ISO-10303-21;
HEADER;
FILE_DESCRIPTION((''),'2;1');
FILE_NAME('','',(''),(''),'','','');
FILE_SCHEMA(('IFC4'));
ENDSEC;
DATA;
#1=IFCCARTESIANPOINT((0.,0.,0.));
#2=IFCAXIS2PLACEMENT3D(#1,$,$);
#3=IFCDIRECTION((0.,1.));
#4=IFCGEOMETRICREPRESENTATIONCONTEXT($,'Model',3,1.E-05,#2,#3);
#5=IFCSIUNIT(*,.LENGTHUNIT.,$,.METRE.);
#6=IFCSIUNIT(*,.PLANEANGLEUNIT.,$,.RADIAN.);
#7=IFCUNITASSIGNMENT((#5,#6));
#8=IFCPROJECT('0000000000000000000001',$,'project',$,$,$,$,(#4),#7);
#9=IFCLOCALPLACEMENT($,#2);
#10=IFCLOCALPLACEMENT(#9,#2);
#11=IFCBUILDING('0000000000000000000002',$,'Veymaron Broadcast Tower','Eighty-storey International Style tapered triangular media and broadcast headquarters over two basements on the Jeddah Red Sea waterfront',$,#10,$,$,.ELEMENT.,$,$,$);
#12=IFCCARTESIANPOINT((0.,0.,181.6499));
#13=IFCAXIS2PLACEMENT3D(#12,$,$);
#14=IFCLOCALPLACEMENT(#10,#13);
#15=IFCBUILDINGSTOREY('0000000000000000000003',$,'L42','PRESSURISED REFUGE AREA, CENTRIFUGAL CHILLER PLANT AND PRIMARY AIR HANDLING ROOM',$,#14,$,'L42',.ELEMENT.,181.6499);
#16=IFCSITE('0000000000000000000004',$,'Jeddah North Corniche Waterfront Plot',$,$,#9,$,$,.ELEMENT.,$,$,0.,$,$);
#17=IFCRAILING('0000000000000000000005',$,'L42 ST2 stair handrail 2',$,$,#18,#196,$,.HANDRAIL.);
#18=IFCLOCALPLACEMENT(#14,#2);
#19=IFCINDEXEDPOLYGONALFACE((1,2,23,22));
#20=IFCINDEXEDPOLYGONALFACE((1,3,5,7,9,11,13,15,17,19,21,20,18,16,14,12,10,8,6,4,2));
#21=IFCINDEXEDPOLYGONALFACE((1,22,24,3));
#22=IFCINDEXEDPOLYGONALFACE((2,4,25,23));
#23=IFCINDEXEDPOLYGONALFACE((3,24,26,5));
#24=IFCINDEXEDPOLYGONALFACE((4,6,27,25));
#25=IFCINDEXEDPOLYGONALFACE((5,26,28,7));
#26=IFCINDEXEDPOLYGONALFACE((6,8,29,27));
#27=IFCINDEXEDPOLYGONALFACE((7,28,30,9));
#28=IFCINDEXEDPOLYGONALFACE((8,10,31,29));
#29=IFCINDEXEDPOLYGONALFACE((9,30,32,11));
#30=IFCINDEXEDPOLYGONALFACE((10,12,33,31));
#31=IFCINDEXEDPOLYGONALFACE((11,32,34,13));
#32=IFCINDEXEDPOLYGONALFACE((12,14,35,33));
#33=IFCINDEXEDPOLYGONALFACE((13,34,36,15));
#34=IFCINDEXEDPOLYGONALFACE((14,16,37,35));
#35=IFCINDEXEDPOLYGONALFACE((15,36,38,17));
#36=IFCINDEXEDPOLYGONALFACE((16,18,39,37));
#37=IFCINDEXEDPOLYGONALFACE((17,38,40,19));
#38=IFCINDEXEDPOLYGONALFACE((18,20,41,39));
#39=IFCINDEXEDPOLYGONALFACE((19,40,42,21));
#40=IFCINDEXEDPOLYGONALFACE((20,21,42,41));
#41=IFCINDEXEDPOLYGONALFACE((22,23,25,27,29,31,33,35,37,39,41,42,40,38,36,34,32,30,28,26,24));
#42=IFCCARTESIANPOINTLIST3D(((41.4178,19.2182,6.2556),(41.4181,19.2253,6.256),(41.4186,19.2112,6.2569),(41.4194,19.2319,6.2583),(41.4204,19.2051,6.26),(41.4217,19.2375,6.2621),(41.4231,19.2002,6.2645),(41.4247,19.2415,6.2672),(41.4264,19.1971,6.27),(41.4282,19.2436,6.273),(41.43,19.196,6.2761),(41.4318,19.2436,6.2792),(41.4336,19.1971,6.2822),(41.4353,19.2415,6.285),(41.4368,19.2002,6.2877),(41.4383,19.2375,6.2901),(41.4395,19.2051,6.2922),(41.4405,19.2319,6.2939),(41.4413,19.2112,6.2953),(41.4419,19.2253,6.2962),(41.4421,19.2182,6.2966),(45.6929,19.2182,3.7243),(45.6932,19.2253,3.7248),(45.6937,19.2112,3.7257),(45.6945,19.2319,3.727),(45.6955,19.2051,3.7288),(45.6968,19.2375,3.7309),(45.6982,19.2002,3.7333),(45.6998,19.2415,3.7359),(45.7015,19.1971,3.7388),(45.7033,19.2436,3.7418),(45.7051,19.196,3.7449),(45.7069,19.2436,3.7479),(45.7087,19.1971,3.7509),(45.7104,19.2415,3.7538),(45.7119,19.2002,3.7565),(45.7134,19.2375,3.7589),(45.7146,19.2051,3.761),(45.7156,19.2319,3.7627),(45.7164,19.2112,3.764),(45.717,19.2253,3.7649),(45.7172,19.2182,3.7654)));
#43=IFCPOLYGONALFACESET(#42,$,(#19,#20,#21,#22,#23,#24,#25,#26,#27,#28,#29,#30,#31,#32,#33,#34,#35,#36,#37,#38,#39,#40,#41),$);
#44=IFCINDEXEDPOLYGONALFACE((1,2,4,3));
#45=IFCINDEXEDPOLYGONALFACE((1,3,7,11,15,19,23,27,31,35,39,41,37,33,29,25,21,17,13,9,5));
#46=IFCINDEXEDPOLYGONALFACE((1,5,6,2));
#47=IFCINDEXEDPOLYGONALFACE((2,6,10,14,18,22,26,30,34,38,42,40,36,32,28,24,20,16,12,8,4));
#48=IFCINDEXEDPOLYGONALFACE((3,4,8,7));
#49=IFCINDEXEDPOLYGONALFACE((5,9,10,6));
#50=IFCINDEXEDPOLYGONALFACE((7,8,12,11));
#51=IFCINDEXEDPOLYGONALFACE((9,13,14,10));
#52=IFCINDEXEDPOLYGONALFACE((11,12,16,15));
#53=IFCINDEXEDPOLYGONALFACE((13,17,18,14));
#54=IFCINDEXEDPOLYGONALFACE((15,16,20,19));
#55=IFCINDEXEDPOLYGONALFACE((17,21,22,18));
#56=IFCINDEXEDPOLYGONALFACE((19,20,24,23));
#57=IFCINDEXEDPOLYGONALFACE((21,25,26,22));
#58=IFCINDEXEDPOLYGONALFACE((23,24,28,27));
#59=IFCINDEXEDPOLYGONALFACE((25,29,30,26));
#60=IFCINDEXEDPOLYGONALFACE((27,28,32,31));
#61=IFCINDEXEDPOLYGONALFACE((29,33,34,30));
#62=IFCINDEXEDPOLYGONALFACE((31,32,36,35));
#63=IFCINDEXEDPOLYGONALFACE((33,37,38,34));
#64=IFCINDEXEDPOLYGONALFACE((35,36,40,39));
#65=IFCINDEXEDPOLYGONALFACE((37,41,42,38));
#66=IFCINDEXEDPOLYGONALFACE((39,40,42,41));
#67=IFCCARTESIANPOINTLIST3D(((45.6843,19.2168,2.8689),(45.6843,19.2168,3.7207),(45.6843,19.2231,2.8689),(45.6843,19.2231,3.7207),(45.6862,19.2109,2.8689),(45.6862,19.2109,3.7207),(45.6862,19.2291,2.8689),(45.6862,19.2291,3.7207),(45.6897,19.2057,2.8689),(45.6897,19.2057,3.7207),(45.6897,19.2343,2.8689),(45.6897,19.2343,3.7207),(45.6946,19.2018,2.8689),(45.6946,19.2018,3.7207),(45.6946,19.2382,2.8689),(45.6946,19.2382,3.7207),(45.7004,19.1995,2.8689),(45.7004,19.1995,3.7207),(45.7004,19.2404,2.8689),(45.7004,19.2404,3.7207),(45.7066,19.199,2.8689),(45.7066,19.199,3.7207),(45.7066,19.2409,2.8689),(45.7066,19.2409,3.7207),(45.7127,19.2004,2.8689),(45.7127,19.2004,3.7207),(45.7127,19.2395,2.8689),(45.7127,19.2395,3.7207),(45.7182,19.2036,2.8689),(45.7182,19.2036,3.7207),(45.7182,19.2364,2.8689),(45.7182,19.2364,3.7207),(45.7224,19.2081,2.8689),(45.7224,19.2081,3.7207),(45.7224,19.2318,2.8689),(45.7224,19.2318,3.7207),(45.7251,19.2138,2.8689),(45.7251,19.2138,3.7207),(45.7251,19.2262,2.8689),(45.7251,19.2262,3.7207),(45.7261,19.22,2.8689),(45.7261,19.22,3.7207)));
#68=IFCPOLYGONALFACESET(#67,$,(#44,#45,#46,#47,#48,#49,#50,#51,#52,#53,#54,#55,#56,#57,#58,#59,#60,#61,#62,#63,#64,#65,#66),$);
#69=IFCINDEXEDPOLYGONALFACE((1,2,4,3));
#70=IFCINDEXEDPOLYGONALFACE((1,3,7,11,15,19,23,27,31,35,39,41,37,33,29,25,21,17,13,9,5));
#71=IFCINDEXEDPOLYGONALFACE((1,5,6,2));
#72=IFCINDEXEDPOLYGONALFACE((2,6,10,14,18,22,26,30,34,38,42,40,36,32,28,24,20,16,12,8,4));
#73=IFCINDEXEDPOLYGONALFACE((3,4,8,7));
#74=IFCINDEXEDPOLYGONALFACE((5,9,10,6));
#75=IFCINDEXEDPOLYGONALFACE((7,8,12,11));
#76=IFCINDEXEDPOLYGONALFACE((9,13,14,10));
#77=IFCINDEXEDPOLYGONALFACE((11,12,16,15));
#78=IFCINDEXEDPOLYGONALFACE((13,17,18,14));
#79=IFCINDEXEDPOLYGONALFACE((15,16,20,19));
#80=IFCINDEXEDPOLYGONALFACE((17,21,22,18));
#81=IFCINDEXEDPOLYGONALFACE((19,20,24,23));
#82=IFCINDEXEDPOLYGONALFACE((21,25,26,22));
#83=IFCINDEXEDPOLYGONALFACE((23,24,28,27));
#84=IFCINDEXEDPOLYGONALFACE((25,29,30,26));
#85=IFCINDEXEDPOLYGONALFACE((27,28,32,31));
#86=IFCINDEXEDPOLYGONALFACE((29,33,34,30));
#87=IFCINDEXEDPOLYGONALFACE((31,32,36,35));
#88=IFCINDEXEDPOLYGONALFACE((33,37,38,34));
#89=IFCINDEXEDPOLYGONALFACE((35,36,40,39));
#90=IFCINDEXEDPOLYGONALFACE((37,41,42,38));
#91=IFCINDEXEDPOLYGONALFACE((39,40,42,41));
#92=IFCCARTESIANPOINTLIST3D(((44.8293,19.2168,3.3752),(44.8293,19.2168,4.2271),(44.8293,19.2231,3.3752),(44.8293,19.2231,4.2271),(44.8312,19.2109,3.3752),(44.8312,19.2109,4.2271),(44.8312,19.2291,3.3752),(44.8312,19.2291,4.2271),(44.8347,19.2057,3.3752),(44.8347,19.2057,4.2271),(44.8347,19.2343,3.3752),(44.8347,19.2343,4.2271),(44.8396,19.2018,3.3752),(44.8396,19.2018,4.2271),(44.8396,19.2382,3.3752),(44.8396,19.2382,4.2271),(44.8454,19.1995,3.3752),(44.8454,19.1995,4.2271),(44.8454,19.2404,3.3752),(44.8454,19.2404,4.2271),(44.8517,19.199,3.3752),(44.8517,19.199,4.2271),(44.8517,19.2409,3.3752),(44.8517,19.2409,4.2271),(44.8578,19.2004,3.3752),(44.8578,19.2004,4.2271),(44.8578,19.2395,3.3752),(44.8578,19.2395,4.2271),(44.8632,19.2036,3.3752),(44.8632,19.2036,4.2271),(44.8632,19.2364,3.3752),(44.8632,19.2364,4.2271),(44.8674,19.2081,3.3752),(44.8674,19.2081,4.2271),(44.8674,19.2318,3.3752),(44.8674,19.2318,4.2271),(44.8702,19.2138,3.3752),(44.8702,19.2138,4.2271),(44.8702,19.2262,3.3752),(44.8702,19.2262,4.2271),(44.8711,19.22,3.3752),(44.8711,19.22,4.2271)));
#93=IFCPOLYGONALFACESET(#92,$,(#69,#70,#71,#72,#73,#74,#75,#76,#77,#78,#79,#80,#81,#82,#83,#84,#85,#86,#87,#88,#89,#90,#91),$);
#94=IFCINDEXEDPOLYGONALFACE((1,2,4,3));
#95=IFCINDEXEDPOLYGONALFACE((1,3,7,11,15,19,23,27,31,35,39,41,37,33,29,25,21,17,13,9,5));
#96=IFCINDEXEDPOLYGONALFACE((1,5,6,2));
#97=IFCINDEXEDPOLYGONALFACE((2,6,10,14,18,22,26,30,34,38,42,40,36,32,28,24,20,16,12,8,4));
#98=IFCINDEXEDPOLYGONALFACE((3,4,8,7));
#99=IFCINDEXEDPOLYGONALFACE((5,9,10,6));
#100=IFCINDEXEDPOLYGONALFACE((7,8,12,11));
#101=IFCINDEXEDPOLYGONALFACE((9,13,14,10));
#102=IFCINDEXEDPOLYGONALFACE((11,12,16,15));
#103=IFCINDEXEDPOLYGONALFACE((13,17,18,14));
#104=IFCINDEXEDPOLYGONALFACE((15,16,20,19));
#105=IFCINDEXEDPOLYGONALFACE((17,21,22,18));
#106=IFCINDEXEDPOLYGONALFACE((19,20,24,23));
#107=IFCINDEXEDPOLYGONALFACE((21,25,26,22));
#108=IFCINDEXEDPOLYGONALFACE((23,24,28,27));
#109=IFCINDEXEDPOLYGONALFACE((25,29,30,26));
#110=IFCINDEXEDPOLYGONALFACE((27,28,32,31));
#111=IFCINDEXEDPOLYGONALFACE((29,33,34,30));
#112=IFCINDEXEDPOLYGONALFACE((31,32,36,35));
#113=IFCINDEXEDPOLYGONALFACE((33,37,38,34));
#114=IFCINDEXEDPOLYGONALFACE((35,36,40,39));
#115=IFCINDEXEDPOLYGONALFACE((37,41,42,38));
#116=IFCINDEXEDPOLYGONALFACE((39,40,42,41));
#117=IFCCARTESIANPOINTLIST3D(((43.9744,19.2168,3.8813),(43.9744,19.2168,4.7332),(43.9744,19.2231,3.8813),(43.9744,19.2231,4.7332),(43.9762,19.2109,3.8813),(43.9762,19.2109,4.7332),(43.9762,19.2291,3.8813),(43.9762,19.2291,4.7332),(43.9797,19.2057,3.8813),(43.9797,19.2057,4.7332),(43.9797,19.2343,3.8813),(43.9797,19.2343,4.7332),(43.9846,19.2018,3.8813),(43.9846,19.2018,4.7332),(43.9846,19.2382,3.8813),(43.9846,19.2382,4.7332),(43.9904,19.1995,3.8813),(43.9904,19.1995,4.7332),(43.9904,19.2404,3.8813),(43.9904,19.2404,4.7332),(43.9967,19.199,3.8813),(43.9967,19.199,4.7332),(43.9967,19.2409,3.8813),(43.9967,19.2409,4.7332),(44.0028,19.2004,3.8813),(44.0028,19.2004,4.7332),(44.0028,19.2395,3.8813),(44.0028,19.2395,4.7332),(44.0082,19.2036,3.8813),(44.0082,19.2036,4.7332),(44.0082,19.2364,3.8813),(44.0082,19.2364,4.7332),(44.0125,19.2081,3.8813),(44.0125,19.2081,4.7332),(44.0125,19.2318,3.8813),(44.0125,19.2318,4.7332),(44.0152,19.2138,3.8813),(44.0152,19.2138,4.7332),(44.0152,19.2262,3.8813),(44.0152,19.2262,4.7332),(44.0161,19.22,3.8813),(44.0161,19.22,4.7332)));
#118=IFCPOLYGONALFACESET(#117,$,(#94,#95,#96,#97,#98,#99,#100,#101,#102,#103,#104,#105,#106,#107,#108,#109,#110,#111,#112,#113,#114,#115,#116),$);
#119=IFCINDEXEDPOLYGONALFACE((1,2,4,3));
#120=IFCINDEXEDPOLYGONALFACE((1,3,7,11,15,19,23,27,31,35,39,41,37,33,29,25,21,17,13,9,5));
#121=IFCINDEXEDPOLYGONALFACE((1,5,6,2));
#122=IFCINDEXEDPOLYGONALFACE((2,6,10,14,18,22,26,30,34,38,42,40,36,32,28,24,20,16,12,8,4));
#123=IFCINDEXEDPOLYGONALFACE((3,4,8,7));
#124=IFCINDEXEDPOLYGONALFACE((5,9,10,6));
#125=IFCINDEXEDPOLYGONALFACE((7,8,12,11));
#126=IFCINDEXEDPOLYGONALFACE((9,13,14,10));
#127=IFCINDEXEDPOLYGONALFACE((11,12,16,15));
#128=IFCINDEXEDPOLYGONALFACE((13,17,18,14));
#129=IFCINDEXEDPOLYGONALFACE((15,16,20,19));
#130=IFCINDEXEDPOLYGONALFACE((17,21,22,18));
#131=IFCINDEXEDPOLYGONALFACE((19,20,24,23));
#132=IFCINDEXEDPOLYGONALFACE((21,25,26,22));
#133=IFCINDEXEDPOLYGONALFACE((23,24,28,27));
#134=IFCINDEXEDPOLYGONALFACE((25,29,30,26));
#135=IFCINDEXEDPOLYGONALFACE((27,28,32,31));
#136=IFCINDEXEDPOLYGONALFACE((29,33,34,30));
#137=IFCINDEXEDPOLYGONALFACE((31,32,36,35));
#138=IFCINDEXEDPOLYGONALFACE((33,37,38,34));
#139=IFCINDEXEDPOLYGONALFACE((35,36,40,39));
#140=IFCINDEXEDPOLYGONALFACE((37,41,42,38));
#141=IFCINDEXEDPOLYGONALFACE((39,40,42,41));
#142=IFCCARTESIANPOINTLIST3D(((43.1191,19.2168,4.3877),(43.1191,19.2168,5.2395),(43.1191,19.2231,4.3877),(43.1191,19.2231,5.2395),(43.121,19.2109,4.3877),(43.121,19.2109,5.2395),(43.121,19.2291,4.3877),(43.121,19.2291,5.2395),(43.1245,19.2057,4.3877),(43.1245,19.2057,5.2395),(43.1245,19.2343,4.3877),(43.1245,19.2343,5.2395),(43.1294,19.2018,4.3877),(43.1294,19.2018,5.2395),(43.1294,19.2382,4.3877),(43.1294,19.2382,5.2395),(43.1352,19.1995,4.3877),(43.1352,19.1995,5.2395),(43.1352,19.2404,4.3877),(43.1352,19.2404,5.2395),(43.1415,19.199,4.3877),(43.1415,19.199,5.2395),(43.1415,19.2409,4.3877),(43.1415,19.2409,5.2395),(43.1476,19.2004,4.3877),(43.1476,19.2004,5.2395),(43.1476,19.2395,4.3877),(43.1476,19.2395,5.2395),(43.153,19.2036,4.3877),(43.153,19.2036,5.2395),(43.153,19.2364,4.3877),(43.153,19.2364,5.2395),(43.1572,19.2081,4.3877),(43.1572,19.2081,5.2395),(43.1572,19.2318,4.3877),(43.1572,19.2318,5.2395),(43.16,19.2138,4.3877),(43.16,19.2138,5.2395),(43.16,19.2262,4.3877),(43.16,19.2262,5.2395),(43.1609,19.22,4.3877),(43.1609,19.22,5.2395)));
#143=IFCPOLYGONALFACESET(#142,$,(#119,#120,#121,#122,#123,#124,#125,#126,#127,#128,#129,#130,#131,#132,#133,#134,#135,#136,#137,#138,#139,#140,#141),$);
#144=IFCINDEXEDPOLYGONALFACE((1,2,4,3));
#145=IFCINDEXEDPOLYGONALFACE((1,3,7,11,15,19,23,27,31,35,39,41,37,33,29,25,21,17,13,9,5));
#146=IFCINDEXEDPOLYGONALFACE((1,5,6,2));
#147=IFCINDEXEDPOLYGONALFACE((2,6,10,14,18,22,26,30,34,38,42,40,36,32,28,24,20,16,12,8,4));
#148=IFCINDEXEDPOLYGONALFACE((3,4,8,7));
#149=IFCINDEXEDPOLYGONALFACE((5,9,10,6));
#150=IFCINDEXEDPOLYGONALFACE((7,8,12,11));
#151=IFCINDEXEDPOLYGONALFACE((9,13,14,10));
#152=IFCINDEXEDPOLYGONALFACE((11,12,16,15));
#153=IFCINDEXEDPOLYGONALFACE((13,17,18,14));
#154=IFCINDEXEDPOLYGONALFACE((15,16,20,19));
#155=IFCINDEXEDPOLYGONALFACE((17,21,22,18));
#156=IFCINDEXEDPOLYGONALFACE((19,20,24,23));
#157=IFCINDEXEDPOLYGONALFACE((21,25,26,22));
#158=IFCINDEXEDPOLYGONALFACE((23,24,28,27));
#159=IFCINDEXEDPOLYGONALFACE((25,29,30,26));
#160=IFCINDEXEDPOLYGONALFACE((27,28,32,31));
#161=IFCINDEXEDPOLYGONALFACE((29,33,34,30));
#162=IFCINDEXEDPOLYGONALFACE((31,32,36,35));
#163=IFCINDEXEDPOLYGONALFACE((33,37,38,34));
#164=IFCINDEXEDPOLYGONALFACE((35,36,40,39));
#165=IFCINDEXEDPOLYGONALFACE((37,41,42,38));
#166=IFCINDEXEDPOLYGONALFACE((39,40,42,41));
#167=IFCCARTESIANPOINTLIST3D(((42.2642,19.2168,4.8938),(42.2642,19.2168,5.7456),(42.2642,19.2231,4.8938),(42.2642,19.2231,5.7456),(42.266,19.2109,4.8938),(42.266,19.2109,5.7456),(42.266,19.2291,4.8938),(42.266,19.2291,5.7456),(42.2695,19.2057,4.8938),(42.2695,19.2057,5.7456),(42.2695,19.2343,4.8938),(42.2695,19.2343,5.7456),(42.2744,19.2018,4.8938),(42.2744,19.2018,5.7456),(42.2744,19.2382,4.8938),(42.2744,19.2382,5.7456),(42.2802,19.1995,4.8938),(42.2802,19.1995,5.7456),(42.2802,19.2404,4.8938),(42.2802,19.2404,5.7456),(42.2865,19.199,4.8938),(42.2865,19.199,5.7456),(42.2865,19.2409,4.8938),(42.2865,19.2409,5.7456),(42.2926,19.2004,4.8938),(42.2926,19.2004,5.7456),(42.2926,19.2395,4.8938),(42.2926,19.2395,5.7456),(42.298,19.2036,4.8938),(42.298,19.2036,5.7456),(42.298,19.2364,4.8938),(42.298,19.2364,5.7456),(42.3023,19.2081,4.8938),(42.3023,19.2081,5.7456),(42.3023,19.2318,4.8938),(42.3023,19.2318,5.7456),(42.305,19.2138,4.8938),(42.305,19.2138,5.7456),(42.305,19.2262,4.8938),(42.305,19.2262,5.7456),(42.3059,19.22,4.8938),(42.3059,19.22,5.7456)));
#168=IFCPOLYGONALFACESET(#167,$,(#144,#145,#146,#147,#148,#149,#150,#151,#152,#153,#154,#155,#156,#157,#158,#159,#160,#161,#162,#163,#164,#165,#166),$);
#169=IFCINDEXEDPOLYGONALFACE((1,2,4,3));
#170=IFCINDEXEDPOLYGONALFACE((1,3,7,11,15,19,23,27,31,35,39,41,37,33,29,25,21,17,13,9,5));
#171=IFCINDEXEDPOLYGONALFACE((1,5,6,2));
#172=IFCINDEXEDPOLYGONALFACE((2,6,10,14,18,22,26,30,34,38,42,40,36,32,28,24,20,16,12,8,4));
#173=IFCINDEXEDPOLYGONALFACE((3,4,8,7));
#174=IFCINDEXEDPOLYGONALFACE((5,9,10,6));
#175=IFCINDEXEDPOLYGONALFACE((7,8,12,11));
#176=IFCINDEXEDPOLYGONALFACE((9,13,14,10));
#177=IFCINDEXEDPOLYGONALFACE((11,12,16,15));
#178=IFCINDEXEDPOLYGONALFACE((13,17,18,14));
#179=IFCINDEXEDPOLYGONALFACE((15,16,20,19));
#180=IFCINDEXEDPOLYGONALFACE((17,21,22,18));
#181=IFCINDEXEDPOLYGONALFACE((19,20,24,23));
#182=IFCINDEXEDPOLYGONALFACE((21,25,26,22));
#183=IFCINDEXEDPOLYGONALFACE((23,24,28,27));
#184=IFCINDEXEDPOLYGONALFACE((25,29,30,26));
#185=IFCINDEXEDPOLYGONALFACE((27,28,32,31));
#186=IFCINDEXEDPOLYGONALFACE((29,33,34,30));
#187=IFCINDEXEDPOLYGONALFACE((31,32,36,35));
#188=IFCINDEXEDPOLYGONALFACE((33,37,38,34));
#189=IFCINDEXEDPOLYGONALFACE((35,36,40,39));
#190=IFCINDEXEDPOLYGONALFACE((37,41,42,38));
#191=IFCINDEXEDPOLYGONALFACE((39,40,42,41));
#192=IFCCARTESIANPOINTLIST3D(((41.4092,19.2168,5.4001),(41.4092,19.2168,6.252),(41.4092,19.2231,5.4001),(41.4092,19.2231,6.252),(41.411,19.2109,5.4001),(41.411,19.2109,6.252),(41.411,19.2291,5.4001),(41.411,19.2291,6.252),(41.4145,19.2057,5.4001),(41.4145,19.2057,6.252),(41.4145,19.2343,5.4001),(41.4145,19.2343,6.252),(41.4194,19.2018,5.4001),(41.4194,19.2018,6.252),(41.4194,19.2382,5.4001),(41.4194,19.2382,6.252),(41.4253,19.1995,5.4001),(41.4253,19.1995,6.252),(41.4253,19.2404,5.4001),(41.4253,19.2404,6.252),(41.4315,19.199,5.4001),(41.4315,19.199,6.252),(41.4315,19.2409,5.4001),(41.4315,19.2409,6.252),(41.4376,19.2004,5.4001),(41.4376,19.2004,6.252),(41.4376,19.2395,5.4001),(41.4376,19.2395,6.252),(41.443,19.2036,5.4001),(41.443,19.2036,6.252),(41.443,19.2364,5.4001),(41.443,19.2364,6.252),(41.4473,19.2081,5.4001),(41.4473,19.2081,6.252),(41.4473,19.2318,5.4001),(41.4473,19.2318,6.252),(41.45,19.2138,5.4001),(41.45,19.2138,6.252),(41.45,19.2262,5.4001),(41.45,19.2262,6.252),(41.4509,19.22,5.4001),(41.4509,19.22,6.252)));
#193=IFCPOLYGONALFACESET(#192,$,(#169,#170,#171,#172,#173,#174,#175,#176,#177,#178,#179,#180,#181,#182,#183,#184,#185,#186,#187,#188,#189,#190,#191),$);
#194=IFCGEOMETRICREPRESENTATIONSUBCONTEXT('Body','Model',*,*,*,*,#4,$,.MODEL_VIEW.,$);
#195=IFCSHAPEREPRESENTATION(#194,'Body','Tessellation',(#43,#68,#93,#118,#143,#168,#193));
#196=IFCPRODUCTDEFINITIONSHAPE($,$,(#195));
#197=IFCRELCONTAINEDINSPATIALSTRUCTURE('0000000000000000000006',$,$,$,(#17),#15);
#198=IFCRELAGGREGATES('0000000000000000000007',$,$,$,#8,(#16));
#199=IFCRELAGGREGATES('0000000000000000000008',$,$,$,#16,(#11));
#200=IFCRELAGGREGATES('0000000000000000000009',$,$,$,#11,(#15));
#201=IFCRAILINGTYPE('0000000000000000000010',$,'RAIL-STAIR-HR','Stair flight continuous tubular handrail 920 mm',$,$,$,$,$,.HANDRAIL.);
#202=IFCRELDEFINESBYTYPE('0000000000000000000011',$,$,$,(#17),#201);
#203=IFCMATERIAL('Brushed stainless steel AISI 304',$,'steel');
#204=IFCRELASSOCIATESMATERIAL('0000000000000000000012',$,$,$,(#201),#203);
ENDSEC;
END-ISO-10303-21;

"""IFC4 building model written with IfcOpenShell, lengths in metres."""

from ifc_helpers import new_model, si_unit, direction, frame, origin, origin_2d, place, context, subcontext, project, spatial, circle, extrude, material, type_object, element, save


model = new_model("IFC4")

# Units and contexts
model_context = context("Model", 3, precision=1e-05, world=origin(), true_north=direction((0.0, 1.0)))
body_context = subcontext(model_context, "Body", "Model", "MODEL_VIEW")
ifc_project = project(units=[si_unit("LENGTHUNIT", "METRE"), si_unit("PLANEANGLEUNIT", "RADIAN")], contexts=[model_context])

# Site, building, storey
site_placement = place(None, origin())
site = spatial("IfcSite", under=ifc_project, at=site_placement, Name="Jeddah North Corniche Waterfront Plot", CompositionType="ELEMENT", RefElevation=0.0)
building_placement = place(site_placement, origin())
building = spatial("IfcBuilding", under=site, at=building_placement, Name="Veymaron Broadcast Tower", Description="Eighty-storey International Style tapered triangular media and broadcast headquarters over two basements on the Jeddah Red Sea waterfront", CompositionType="ELEMENT")
storey_placement = place(building_placement, frame((0.0, 0.0, 181.6499)))
storey = spatial("IfcBuildingStorey", under=building, at=storey_placement, Name="L42", Description="PRESSURISED REFUGE AREA, CENTRIFUGAL CHILLER PLANT AND PRIMARY AIR HANDLING ROOM", LongName="L42", CompositionType="ELEMENT", Elevation=181.6499)

# Shared definitions
ifc_material_1 = material(Name="Brushed stainless steel AISI 304", Category="steel")

# Railing
railing_type_1 = type_object("IfcRailingType", Name="RAIL-STAIR-HR", Description="Stair flight continuous tubular handrail 920 mm", PredefinedType="HANDRAIL", material=ifc_material_1)
railing_1_placement = place(storey_placement, frame((45.7051, 19.22, 2.8689)))
element("IfcRailing", 1, at=railing_1_placement, inside=storey, type_object=railing_type_1, Name="L42 ST2 stair handrail 2", PredefinedType="HANDRAIL", context=body_context, shape_type="SweptSolid", body=[
    extrude(circle(Radius=0.0239, at=origin_2d()), frame((0.0, 0.0, 0.876), z_axis=(-0.860483, 0.0, 0.509479), x_axis=(0.0, -1.0, 0.0)), (0.0, 0.0, 1.0), 4.9683),
    extrude(circle(Radius=0.021, at=origin_2d()), origin(), (0.0, 0.0, 1.0), 0.8518),
    extrude(circle(Radius=0.021, at=origin_2d()), frame((-0.855, 0.0, 0.5063)), (0.0, 0.0, 1.0), 0.8518),
    extrude(circle(Radius=0.021, at=origin_2d()), frame((-1.71, 0.0, 1.0125)), (0.0, 0.0, 1.0), 0.8518),
    extrude(circle(Radius=0.021, at=origin_2d()), frame((-2.5652, 0.0, 1.5188)), (0.0, 0.0, 1.0), 0.8518),
    extrude(circle(Radius=0.021, at=origin_2d()), frame((-3.4202, 0.0, 2.0249)), (0.0, 0.0, 1.0), 0.8518),
    extrude(circle(Radius=0.021, at=origin_2d()), frame((-4.2751, 0.0, 2.5312)), (0.0, 0.0, 1.0), 0.8518),
])

save(model, "model.ifc")
